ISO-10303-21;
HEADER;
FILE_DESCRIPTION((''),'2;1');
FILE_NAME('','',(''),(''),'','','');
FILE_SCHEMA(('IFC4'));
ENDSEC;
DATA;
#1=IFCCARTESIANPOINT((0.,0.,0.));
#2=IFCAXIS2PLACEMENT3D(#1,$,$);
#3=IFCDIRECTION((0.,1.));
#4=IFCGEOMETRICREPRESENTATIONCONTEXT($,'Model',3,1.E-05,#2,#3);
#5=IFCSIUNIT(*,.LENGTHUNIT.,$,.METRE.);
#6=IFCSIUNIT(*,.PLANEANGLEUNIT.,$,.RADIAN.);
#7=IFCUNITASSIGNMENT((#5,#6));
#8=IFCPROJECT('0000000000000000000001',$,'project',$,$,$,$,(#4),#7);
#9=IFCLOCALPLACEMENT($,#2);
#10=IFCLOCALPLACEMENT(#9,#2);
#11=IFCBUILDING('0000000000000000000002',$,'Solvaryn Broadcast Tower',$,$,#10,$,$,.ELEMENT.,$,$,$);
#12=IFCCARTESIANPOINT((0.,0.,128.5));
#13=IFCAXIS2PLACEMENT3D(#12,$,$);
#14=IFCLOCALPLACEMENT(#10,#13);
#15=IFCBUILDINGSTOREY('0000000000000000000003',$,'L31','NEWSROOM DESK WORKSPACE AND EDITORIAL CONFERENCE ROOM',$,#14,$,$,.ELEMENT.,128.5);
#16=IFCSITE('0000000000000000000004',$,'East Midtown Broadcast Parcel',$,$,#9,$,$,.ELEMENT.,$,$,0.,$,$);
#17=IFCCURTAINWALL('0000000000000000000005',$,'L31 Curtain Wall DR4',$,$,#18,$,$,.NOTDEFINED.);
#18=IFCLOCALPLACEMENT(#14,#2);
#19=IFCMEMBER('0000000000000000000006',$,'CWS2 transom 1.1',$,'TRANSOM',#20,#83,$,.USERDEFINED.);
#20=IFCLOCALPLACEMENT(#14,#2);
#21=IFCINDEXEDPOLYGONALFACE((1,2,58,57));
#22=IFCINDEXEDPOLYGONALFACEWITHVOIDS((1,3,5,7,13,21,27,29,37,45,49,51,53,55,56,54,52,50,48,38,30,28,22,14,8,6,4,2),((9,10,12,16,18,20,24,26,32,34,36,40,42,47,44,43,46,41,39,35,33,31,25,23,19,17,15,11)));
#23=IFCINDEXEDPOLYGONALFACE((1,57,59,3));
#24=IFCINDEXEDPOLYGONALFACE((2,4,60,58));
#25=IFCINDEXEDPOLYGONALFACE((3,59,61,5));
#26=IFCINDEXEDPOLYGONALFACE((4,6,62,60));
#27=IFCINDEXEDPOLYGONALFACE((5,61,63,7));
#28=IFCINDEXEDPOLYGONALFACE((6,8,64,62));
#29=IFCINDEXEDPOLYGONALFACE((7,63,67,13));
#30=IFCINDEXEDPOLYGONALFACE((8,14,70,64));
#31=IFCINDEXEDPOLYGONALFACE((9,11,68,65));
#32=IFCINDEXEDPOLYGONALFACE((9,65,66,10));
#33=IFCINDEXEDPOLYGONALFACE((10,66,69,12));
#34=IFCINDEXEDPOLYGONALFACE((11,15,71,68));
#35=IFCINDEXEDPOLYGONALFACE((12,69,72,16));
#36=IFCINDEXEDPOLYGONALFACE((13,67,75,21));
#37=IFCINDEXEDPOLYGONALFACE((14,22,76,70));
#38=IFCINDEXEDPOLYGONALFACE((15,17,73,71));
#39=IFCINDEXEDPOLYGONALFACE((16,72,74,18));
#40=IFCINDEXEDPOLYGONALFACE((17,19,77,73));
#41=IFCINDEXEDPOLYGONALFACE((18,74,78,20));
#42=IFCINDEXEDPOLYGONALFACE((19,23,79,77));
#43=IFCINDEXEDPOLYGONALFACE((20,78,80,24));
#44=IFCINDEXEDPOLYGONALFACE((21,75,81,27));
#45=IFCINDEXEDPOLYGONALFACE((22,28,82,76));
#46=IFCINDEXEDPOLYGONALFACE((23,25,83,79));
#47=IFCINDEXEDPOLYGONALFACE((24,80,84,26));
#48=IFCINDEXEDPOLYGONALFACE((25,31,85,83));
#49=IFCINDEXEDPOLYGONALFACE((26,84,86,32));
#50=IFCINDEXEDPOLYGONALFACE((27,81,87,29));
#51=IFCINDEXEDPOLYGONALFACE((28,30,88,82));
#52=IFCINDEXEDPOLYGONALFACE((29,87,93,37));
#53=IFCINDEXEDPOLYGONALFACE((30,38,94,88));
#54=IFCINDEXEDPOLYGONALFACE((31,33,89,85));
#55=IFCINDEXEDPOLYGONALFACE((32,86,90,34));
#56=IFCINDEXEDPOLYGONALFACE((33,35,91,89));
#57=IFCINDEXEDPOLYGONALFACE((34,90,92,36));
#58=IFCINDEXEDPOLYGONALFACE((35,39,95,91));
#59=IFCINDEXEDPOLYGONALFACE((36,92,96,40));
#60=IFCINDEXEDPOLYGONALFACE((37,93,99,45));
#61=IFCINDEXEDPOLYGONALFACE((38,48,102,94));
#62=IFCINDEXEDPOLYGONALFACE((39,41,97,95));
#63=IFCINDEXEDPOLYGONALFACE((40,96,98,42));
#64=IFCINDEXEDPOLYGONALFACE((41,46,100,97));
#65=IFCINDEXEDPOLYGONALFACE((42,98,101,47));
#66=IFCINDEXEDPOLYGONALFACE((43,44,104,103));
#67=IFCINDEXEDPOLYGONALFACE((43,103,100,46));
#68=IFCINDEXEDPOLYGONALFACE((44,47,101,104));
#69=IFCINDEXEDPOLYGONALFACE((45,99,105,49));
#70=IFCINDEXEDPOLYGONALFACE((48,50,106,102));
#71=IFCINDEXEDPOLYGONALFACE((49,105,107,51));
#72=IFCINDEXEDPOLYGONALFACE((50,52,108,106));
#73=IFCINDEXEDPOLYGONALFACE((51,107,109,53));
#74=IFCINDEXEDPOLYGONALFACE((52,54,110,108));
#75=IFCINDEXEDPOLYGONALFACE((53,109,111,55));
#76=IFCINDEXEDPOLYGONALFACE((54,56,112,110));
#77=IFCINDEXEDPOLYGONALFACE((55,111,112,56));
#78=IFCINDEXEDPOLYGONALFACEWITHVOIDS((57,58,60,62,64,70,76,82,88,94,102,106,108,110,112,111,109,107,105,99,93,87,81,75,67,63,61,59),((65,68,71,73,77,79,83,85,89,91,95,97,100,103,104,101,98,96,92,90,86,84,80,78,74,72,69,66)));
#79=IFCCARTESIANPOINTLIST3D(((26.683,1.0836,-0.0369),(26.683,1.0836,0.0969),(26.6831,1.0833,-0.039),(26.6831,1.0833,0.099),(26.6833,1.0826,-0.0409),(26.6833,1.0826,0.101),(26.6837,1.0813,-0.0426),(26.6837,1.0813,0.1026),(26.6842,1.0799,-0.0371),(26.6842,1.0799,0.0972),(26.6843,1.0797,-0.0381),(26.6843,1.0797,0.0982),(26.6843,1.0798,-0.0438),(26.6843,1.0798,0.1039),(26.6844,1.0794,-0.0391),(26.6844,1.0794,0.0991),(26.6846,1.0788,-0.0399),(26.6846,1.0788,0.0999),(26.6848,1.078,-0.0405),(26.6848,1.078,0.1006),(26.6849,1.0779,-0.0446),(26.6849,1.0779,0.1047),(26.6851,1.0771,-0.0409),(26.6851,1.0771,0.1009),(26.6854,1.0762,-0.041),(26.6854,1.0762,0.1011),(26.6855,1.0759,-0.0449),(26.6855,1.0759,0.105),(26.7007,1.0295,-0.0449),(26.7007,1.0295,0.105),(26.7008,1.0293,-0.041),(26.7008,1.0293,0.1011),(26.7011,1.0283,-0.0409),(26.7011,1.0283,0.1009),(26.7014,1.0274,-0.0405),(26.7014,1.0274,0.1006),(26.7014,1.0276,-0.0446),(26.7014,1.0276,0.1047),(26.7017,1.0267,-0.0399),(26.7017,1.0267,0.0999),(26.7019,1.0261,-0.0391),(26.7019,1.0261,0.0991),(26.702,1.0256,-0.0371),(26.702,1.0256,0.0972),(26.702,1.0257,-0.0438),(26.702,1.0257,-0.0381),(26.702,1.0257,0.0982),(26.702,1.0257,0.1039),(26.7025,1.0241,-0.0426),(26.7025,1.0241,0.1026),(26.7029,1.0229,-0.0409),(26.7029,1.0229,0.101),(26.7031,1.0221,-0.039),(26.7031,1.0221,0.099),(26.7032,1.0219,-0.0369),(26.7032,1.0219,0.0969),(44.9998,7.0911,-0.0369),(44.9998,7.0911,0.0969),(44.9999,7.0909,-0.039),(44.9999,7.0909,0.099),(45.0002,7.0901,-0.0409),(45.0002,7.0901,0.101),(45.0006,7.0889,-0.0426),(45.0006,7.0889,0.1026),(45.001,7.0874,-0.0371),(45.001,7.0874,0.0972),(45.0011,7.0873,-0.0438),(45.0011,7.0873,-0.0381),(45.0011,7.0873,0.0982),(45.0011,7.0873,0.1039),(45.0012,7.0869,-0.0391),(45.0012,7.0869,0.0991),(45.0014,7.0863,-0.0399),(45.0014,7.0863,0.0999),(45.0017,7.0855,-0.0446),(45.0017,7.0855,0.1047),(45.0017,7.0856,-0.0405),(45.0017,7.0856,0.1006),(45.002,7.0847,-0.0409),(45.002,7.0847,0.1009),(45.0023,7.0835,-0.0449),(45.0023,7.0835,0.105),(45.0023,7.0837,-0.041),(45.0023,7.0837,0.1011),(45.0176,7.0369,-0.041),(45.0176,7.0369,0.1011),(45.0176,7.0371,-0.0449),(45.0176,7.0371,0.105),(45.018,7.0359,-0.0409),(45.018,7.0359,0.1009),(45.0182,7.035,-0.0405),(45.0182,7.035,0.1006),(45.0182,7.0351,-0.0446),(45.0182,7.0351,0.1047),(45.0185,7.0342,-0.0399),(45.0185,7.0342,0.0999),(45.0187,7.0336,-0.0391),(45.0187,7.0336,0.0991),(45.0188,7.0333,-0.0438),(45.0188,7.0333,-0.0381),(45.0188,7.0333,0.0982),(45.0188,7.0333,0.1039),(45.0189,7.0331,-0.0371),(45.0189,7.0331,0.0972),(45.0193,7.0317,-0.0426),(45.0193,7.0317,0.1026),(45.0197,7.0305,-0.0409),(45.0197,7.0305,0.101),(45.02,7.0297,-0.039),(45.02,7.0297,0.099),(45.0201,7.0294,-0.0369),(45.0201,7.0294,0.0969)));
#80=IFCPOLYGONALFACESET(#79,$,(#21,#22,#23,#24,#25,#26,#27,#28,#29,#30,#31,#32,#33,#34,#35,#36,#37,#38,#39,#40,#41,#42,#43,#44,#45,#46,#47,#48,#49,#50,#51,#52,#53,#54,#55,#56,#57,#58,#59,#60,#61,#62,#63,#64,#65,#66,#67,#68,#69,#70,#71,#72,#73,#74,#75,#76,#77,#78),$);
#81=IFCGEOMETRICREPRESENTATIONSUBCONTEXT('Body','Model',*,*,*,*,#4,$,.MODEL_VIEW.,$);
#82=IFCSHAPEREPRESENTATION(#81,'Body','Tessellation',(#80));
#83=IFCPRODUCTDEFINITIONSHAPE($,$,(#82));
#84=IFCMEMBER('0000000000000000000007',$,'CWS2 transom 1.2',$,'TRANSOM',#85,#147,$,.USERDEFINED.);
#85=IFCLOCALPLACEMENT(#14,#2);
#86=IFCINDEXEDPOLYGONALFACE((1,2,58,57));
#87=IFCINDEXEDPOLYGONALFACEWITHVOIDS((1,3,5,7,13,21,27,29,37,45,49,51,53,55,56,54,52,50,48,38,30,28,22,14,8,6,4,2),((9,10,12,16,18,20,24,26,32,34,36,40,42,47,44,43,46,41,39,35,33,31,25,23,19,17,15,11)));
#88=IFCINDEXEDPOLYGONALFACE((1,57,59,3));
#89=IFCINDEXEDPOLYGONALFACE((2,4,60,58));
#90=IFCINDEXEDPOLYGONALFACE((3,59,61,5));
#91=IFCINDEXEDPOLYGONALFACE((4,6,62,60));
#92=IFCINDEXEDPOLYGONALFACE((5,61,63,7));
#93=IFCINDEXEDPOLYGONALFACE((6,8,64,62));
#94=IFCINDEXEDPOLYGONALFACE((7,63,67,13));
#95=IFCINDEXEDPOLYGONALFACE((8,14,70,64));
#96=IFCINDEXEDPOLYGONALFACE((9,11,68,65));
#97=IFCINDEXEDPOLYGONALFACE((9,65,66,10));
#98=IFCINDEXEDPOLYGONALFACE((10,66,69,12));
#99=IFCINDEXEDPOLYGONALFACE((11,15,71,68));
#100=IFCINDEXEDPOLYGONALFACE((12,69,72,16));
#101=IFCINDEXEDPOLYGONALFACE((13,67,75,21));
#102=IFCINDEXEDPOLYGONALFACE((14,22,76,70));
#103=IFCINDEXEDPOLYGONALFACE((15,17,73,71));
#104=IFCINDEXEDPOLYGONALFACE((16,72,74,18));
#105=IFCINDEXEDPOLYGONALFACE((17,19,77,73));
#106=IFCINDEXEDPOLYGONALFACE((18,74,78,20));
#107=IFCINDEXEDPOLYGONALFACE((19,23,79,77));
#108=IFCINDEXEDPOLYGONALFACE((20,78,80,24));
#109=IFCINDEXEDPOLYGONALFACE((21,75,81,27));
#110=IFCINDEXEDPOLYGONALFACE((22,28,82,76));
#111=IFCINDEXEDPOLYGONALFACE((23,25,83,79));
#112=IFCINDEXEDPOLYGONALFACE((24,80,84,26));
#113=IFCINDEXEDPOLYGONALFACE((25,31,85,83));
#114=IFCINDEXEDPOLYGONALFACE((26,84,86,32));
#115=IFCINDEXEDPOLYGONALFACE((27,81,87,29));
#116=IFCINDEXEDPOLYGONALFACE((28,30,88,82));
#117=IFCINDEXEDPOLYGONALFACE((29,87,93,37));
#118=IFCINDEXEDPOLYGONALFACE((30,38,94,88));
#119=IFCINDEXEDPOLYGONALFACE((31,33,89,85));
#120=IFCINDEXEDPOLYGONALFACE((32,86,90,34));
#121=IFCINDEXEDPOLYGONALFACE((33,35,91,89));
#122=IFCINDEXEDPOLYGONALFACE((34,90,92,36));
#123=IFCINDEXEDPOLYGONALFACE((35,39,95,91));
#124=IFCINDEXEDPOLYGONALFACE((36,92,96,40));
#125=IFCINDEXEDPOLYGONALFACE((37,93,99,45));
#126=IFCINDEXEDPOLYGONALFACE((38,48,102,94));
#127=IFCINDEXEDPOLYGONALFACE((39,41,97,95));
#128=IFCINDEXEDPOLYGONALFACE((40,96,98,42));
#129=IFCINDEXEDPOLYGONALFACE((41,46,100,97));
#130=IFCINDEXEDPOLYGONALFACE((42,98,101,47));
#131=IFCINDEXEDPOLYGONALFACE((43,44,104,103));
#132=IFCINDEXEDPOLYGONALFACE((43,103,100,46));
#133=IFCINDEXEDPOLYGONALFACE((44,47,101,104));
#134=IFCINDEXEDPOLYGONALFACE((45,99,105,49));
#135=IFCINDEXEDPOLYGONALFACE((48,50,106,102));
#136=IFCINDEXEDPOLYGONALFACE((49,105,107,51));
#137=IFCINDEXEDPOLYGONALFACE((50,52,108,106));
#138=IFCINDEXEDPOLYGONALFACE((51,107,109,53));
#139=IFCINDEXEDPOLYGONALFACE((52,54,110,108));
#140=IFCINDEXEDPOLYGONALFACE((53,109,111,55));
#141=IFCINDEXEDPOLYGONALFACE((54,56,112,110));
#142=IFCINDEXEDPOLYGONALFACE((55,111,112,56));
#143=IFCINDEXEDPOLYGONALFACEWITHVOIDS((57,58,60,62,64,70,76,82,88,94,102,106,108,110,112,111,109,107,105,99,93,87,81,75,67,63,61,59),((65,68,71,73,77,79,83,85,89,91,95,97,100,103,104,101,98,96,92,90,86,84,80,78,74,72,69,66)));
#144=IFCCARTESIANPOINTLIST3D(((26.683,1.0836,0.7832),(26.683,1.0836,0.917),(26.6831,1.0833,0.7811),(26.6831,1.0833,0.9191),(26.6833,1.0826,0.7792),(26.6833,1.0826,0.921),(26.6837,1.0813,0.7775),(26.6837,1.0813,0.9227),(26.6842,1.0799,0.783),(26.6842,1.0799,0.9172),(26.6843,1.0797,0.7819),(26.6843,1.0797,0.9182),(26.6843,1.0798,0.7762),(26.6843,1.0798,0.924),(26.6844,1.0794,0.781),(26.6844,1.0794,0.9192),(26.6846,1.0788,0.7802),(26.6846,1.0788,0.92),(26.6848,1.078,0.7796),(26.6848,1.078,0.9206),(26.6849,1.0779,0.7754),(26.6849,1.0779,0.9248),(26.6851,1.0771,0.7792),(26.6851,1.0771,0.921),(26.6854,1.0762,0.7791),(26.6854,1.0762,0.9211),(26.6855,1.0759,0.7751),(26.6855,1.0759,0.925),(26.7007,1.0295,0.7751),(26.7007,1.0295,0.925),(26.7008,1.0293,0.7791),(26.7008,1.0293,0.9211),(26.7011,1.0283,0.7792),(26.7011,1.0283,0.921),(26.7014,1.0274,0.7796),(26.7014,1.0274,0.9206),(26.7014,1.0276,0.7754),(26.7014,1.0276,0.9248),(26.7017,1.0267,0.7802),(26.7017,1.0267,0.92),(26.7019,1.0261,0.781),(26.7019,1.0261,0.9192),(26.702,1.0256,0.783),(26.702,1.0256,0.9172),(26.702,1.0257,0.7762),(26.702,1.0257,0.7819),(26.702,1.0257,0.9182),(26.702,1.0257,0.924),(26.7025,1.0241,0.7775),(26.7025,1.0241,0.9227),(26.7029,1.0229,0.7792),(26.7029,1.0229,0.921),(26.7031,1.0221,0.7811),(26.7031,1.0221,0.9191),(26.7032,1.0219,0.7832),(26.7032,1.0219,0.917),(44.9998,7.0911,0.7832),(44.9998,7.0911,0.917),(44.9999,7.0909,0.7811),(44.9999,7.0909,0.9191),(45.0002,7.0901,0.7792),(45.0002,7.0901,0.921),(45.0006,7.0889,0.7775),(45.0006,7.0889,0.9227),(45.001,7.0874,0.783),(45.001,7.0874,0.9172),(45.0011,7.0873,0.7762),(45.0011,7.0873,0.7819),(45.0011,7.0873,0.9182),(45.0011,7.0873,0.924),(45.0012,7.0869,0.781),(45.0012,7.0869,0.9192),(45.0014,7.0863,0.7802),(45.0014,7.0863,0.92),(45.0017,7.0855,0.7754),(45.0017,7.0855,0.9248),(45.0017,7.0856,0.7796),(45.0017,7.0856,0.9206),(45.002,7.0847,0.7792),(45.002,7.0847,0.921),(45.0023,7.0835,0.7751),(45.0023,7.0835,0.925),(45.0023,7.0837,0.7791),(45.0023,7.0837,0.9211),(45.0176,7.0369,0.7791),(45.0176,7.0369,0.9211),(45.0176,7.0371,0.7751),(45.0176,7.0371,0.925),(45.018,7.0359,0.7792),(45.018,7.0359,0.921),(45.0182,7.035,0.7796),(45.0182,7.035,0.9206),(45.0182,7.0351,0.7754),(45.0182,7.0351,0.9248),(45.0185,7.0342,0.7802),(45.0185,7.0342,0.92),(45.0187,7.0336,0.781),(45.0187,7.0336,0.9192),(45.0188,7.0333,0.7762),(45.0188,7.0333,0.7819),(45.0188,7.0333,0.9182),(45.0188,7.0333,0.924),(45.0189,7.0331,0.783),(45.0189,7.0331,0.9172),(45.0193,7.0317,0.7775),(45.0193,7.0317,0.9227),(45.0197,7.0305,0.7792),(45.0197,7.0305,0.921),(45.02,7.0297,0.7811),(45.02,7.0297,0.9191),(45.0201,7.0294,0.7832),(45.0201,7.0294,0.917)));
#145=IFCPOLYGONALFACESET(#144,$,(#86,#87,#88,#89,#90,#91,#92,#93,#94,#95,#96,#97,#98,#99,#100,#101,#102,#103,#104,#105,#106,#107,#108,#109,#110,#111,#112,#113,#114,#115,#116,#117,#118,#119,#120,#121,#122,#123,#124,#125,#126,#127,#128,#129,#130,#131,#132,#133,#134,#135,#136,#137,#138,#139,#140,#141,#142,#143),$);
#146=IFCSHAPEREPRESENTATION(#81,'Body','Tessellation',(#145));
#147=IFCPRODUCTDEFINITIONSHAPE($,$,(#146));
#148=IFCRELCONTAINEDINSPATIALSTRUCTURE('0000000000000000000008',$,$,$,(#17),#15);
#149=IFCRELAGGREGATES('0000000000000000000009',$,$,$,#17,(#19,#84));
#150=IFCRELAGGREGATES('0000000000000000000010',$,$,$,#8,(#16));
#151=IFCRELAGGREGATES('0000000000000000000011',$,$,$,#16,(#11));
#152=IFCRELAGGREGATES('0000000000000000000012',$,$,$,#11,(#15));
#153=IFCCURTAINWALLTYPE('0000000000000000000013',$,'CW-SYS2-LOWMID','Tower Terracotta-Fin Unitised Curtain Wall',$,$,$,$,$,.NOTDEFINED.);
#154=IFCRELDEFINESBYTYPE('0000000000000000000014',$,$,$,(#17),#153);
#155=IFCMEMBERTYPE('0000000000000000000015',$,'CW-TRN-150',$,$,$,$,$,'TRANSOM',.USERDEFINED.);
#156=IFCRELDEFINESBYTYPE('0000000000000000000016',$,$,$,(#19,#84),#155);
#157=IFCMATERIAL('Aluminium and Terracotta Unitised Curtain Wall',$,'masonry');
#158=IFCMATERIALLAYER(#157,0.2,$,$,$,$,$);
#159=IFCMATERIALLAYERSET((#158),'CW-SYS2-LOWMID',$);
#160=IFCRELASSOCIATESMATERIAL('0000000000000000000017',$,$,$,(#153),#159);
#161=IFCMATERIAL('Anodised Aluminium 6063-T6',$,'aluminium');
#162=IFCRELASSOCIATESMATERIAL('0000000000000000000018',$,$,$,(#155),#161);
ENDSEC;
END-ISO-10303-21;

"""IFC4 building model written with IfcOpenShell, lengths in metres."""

from ifc_helpers import new_model, si_unit, direction, frame, origin, origin_2d, place, context, subcontext, project, spatial, hollow_rectangle, extrude, material, layer, layer_set, material_profile, profile_set, type_object, element, aggregate, save


model = new_model("IFC4")

# Units and contexts
model_context = context("Model", 3, precision=1e-05, world=origin(), true_north=direction((0.0, 1.0)))
body_context = subcontext(model_context, "Body", "Model", "MODEL_VIEW")
ifc_project = project(units=[si_unit("LENGTHUNIT", "METRE"), si_unit("PLANEANGLEUNIT", "RADIAN")], contexts=[model_context])

# Site, building, storey
site_placement = place(None, origin())
site = spatial("IfcSite", under=ifc_project, at=site_placement, Name="East Midtown Broadcast Parcel", CompositionType="ELEMENT", RefElevation=0.0)
building_placement = place(site_placement, origin())
building = spatial("IfcBuilding", under=site, at=building_placement, Name="Solvaryn Broadcast Tower", CompositionType="ELEMENT")
storey_placement = place(building_placement, frame((0.0, 0.0, 128.5)))
storey = spatial("IfcBuildingStorey", under=building, at=storey_placement, Name="L31", Description="NEWSROOM DESK WORKSPACE AND EDITORIAL CONFERENCE ROOM", CompositionType="ELEMENT", Elevation=128.5)

# Shared definitions
ifc_material_1 = material(Name="Aluminium and Terracotta Unitised Curtain Wall", Category="masonry")
ifc_layer_1 = layer(ifc_material_1, 0.2)
ifc_layer_set_1 = layer_set([ifc_layer_1], Name="CW-SYS2-LOWMID")
curtain_wall_type = type_object("IfcCurtainWallType", Name="CW-SYS2-LOWMID", Description="Tower Terracotta-Fin Unitised Curtain Wall", PredefinedType="NOTDEFINED", material=ifc_layer_set_1)

# Curtain wall, members
curtain_wall_1_placement = place(storey_placement, origin())
curtain_wall_1 = element("IfcCurtainWall", 1, at=curtain_wall_1_placement, inside=storey, type_object=curtain_wall_type, Name="L31 Curtain Wall DR4", PredefinedType="NOTDEFINED")
ifc_material_2 = material(Name="Anodised Aluminium 6063-T6", Category="aluminium")
ifc_material_profile_1 = material_profile(ifc_material_2, hollow_rectangle(XDim=0.0649, YDim=0.1499, WallThickness=0.0039, InnerFilletRadius=0.0039, OuterFilletRadius=0.0081, at=origin_2d()))
ifc_profile_set_1 = profile_set([ifc_material_profile_1], Name="Anodised Aluminium 6063-T6")
member_type_1 = type_object("IfcMemberType", Name="CW-TRN-150", ElementType="TRANSOM", PredefinedType="USERDEFINED", material=ifc_profile_set_1)
member_1_placement = place(storey_placement, frame((26.6931, 1.0527, 0.03), z_axis=(0.950198, 0.311646, 0.0), x_axis=(-0.311646, 0.950198, 0.0)))
member_1 = element("IfcMember", 2, at=member_1_placement, type_object=member_type_1, Name="CWS2 transom 1.1", ObjectType="TRANSOM", PredefinedType="USERDEFINED", context=body_context, shape_type="SweptSolid", body=[
    extrude(hollow_rectangle(XDim=0.0649, YDim=0.1499, WallThickness=0.0039, InnerFilletRadius=0.0039, OuterFilletRadius=0.0081, at=origin_2d()), origin(), (0.0, 0.0, 1.0), 19.2769),
])
member_2_placement = place(storey_placement, frame((26.6931, 1.0527, 0.8501), z_axis=(0.950198, 0.311646, 0.0), x_axis=(-0.311646, 0.950198, 0.0)))
member_2 = element("IfcMember", 3, at=member_2_placement, type_object=member_type_1, Name="CWS2 transom 1.2", ObjectType="TRANSOM", PredefinedType="USERDEFINED", context=body_context, shape_type="SweptSolid", body=[
    extrude(hollow_rectangle(XDim=0.0649, YDim=0.1499, WallThickness=0.0039, InnerFilletRadius=0.0039, OuterFilletRadius=0.0081, at=origin_2d()), origin(), (0.0, 0.0, 1.0), 19.2769),
])
aggregate(curtain_wall_1, [member_1, member_2])

save(model, "model.ifc")
